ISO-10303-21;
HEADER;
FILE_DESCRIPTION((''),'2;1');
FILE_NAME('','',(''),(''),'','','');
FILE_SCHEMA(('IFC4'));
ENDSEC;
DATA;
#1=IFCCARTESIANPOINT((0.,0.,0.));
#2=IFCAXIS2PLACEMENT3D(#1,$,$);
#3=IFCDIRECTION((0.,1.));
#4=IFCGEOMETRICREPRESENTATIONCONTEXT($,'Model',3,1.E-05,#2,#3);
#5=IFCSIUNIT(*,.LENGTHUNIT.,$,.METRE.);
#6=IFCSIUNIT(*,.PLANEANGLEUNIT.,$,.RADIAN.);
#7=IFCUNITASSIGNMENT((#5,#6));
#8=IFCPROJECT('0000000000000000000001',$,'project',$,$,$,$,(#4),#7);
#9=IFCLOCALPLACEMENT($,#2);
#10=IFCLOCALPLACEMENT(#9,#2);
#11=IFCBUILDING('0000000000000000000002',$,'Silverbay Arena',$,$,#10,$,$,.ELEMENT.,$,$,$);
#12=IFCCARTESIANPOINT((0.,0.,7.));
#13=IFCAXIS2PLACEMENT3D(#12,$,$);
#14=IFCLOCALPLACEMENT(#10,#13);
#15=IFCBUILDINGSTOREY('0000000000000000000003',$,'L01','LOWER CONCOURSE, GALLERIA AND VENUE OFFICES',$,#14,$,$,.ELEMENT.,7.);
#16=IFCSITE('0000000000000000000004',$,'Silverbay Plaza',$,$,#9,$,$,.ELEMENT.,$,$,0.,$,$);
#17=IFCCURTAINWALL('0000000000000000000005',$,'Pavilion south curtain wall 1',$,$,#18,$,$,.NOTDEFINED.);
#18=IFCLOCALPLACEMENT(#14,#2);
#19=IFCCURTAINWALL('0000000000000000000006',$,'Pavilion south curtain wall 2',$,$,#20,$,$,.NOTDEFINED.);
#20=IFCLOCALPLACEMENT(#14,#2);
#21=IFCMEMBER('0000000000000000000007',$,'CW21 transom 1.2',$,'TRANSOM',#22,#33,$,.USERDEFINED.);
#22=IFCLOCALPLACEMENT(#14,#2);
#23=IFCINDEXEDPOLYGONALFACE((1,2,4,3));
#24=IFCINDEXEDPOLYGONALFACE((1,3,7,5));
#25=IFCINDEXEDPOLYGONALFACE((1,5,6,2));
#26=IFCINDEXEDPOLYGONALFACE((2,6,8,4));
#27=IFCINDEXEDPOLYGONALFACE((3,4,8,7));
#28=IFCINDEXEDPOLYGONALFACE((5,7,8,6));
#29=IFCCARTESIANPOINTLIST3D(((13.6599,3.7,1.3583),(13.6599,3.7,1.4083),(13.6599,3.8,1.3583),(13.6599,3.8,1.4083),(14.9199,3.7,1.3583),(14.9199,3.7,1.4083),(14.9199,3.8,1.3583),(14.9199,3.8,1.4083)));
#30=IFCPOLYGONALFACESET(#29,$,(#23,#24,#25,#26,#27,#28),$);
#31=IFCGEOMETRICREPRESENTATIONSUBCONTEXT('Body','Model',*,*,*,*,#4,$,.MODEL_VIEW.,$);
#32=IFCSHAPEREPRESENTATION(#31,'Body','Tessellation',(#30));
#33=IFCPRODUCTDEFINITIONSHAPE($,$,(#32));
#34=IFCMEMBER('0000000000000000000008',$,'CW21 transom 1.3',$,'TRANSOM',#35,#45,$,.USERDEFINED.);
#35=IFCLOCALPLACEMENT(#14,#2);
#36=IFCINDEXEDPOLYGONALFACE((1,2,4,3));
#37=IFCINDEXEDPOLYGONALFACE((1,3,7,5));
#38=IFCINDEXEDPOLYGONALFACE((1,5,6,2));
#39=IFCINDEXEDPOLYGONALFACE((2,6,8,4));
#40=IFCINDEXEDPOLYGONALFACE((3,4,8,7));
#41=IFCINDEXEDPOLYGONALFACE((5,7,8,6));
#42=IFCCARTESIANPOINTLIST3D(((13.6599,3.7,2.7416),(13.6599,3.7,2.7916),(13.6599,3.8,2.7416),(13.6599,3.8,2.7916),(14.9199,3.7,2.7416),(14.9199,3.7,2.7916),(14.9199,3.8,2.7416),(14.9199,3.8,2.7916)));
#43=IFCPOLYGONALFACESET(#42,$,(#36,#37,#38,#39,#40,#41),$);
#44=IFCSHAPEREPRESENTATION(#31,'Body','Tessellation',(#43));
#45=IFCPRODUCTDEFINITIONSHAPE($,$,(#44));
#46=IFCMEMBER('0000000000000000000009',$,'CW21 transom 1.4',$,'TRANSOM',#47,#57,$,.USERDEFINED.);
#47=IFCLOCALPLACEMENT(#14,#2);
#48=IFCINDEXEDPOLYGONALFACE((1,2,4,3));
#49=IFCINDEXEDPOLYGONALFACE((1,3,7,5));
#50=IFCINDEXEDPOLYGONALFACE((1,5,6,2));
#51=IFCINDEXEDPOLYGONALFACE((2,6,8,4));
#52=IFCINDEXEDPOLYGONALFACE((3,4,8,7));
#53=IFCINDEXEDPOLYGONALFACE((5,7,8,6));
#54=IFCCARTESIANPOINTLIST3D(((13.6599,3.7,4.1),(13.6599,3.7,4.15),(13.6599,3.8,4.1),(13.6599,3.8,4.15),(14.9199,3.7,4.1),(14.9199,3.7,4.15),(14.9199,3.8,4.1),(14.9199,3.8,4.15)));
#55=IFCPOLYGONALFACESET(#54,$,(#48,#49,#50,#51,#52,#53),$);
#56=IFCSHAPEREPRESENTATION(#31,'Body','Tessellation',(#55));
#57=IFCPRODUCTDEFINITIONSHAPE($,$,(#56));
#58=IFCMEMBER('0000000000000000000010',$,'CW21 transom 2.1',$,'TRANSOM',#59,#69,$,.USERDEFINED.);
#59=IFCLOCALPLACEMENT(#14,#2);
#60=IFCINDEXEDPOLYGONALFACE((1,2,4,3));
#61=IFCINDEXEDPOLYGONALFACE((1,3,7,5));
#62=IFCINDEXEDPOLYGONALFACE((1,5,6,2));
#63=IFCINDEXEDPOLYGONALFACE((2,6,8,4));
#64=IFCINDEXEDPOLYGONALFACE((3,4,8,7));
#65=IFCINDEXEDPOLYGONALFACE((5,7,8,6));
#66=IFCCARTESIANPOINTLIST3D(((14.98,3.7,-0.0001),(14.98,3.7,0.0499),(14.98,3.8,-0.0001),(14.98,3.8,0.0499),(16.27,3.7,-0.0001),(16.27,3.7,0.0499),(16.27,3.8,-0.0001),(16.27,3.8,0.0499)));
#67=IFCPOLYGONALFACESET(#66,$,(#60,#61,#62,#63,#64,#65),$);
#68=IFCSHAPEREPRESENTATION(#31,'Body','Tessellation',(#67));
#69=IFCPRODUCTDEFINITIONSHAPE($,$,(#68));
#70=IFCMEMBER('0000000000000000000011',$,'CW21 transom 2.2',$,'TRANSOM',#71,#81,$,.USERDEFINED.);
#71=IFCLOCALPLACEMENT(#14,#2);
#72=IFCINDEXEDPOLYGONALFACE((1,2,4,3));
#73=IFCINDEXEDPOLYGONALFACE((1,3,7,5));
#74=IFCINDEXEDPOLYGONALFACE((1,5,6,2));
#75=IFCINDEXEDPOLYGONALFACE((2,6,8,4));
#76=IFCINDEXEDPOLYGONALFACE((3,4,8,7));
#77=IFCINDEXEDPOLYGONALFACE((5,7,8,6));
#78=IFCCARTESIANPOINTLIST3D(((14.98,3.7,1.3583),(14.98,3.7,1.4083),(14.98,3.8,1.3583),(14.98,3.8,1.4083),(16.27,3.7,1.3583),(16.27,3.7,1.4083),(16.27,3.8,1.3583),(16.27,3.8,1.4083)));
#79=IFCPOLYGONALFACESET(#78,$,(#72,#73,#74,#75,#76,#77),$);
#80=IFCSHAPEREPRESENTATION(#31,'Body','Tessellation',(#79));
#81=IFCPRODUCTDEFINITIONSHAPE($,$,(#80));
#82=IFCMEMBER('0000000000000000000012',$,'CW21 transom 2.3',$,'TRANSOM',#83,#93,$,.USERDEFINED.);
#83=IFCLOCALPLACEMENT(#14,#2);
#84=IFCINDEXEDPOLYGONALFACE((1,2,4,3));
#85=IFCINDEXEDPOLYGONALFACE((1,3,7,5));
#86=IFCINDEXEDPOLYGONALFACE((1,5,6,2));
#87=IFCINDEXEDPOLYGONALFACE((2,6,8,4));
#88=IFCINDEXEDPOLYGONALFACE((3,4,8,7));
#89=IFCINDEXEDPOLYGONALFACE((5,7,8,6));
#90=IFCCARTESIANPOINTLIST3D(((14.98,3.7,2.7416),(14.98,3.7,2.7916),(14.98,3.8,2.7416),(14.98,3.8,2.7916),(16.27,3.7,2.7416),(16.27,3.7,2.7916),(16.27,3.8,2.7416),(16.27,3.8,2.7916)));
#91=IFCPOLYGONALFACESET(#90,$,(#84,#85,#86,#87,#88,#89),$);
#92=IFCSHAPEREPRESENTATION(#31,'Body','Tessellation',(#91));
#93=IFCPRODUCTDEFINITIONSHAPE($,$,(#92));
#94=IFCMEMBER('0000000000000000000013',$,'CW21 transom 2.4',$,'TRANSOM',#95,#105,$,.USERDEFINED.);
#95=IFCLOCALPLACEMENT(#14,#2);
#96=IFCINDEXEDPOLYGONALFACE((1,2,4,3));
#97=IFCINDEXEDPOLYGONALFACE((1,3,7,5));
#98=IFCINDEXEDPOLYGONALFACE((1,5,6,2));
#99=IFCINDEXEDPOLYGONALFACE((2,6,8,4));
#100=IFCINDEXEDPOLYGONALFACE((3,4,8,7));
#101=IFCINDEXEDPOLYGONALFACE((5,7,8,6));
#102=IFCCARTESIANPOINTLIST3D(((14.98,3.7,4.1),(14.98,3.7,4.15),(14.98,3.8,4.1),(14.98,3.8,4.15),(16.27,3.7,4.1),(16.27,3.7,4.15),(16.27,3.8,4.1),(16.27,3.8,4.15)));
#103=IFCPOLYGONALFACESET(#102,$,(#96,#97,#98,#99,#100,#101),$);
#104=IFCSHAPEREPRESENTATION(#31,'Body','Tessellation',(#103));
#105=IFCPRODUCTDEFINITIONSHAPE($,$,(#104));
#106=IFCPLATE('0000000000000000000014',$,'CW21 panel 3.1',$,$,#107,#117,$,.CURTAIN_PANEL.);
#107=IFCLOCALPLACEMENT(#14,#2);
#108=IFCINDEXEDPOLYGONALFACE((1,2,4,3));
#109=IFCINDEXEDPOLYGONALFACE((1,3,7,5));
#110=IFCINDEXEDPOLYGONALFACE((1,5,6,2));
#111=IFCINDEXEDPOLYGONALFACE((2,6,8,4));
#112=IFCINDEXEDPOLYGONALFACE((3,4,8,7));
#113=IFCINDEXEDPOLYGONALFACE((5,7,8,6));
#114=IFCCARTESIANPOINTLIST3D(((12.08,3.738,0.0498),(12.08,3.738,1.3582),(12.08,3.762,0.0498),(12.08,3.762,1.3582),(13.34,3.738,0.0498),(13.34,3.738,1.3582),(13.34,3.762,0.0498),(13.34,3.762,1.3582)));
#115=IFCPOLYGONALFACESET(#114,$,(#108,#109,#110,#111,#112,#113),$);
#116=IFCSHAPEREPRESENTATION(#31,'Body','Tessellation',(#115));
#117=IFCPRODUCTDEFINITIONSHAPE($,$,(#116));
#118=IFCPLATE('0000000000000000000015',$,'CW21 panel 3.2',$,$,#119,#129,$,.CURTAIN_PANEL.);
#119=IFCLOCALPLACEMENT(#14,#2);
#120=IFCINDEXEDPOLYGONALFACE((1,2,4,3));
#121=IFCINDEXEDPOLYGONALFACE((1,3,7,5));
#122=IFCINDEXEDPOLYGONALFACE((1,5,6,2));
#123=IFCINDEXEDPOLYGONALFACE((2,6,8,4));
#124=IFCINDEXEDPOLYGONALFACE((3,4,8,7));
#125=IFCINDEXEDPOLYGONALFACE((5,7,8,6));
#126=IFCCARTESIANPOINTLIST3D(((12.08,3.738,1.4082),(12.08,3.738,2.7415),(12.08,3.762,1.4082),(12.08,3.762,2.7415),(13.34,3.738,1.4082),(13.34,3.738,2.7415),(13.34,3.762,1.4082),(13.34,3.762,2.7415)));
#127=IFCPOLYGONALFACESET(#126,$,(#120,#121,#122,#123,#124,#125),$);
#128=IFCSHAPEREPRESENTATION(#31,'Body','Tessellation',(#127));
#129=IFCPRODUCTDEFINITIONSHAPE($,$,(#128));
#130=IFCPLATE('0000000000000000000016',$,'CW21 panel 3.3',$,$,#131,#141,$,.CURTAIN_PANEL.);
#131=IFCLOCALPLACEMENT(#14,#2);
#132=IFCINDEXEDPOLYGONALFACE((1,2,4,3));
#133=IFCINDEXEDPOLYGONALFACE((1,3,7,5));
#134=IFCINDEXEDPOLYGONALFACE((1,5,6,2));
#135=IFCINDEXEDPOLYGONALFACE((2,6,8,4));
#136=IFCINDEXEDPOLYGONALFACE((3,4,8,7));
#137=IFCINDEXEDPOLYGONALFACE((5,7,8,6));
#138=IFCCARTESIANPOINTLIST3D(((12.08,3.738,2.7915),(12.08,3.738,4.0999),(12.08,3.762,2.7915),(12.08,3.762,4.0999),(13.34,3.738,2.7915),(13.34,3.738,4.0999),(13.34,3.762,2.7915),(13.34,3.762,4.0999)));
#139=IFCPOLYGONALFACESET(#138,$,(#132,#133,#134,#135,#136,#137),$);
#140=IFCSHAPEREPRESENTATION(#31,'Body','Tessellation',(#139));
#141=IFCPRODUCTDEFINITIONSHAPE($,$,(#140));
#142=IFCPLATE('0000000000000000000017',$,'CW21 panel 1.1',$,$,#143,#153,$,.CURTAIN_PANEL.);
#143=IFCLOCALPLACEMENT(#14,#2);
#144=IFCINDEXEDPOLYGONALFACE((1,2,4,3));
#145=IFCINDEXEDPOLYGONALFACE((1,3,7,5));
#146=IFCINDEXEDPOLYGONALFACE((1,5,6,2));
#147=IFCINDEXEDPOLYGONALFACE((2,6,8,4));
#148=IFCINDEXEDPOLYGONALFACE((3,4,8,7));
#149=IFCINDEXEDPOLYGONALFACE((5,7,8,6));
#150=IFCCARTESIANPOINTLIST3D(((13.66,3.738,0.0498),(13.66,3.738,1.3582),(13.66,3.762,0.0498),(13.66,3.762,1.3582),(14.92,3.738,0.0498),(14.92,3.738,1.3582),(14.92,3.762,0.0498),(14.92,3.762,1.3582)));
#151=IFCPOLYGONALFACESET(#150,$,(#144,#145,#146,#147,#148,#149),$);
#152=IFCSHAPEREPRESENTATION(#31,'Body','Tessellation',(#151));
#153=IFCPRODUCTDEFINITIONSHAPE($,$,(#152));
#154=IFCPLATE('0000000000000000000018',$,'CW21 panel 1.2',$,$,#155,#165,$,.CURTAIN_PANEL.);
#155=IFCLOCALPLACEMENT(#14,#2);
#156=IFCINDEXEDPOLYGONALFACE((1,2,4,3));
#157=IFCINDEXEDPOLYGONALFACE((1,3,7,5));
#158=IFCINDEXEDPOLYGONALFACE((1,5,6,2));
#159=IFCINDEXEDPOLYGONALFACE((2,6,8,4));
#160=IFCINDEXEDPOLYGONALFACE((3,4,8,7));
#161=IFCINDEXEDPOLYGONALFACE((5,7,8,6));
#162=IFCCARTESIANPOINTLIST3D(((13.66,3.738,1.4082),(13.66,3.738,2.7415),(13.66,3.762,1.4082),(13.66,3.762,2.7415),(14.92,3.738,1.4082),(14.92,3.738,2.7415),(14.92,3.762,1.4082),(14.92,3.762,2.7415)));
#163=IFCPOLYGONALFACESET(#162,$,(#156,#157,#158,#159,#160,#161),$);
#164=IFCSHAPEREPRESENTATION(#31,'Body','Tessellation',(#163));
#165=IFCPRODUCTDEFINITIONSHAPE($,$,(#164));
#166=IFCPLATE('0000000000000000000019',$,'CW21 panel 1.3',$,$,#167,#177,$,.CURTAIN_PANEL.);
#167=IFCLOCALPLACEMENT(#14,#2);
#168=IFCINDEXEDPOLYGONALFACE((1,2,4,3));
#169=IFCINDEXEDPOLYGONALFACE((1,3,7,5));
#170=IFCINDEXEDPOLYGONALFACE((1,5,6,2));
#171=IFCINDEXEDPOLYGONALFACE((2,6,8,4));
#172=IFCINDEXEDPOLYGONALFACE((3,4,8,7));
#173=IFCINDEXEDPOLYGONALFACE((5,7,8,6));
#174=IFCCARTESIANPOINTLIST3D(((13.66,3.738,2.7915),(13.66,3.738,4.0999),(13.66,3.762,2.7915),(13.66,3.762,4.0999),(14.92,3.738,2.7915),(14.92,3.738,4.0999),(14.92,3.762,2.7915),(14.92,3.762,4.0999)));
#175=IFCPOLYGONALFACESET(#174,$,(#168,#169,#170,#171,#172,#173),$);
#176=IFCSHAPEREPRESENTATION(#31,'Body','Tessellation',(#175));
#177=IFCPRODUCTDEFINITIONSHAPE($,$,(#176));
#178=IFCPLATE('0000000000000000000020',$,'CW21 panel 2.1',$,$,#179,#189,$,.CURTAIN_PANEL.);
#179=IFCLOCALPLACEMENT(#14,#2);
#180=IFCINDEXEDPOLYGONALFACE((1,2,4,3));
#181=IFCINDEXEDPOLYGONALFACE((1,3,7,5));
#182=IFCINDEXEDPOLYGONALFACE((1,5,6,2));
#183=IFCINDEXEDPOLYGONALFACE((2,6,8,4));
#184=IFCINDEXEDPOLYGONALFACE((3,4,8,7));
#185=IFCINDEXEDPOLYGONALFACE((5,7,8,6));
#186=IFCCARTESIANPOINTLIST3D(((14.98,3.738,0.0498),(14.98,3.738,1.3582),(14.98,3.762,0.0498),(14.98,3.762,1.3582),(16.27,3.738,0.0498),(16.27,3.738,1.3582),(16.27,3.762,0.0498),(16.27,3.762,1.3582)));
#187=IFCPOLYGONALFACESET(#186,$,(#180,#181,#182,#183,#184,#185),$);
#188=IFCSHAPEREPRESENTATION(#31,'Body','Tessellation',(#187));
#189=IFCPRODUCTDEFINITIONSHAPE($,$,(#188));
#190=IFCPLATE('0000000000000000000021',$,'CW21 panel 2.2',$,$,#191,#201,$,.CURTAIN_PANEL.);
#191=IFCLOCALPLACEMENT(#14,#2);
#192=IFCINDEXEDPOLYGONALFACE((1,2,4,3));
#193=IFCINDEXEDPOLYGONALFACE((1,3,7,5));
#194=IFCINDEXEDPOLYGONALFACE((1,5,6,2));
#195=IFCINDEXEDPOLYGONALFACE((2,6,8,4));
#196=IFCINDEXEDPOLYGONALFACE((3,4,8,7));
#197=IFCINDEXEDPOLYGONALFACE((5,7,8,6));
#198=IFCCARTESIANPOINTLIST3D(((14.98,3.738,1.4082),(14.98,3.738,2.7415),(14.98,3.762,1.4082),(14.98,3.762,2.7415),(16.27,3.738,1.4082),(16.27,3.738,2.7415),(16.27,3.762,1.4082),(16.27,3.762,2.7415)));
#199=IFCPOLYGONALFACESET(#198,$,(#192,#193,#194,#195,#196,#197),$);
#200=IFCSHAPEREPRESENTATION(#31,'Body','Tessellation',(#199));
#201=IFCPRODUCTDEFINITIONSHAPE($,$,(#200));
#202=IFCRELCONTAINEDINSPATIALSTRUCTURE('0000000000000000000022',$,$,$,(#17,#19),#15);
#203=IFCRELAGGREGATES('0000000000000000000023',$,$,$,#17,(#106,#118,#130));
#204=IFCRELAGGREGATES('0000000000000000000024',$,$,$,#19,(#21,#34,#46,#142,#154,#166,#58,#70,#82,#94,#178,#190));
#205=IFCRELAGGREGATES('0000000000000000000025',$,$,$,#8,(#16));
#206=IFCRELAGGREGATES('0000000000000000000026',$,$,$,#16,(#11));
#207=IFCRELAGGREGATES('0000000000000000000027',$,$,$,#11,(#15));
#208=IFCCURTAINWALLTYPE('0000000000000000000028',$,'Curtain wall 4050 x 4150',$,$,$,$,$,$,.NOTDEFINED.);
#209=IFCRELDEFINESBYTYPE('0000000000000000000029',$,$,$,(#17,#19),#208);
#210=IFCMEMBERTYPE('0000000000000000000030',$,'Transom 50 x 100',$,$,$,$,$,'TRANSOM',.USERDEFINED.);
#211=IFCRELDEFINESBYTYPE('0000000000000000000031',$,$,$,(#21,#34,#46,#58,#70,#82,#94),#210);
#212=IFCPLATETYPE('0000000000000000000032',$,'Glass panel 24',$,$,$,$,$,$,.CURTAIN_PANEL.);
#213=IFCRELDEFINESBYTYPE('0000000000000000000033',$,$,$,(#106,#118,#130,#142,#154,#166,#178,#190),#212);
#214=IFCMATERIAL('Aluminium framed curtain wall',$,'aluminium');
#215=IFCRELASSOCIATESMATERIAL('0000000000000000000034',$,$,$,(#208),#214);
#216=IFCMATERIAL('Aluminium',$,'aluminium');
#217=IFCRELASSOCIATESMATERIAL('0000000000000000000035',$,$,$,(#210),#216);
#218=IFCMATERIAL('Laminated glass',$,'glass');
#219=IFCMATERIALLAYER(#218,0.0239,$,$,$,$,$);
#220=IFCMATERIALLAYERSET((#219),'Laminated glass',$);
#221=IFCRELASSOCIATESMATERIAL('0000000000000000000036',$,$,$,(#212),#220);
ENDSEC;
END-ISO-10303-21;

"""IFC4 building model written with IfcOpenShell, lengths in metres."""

from ifc_helpers import new_model, si_unit, direction, frame, origin, origin_2d, place, context, subcontext, project, spatial, rectangle, extrude, material, layer, layer_set, material_profile, profile_set, type_object, element, aggregate, save


model = new_model("IFC4")

# Units and contexts
model_context = context("Model", 3, precision=1e-05, world=origin(), true_north=direction((0.0, 1.0)))
body_context = subcontext(model_context, "Body", "Model", "MODEL_VIEW")
ifc_project = project(units=[si_unit("LENGTHUNIT", "METRE"), si_unit("PLANEANGLEUNIT", "RADIAN")], contexts=[model_context])

# Site, building, storey
site_placement = place(None, origin())
site = spatial("IfcSite", under=ifc_project, at=site_placement, Name="Silverbay Plaza", CompositionType="ELEMENT", RefElevation=0.0)
building_placement = place(site_placement, origin())
building = spatial("IfcBuilding", under=site, at=building_placement, Name="Silverbay Arena", CompositionType="ELEMENT")
storey_placement = place(building_placement, frame((0.0, 0.0, 7.0)))
storey = spatial("IfcBuildingStorey", under=building, at=storey_placement, Name="L01", Description="LOWER CONCOURSE, GALLERIA AND VENUE OFFICES", CompositionType="ELEMENT", Elevation=7.0)

# Curtain walls
ifc_material_1 = material(Name="Aluminium framed curtain wall", Category="aluminium")
curtain_wall_type = type_object("IfcCurtainWallType", Name="Curtain wall 4050 x 4150", PredefinedType="NOTDEFINED", material=ifc_material_1)
curtain_wall_1_placement = place(storey_placement, origin())
curtain_wall_1 = element("IfcCurtainWall", 1, at=curtain_wall_1_placement, inside=storey, type_object=curtain_wall_type, Name="Pavilion south curtain wall 1", PredefinedType="NOTDEFINED")
curtain_wall_2_placement = place(storey_placement, origin())
curtain_wall_2 = element("IfcCurtainWall", 2, at=curtain_wall_2_placement, inside=storey, type_object=curtain_wall_type, Name="Pavilion south curtain wall 2", PredefinedType="NOTDEFINED")

# Members
ifc_material_2 = material(Name="Aluminium", Category="aluminium")
ifc_material_profile_1 = material_profile(ifc_material_2, rectangle(XDim=0.1001, YDim=0.05, at=origin_2d()), Name="Transom 50 x 100")
ifc_profile_set_1 = profile_set([ifc_material_profile_1], Name="Aluminium")
member_type_1 = type_object("IfcMemberType", Name="Transom 50 x 100", ElementType="TRANSOM", PredefinedType="USERDEFINED", material=ifc_profile_set_1)
member_1_placement = place(storey_placement, frame((13.6599, 3.75, 1.3833), z_axis=(1.0, 0.0, 0.0), x_axis=(0.0, 1.0, 0.0)))
member_1 = element("IfcMember", 3, at=member_1_placement, type_object=member_type_1, Name="CW21 transom 1.2", ObjectType="TRANSOM", PredefinedType="USERDEFINED", context=body_context, shape_type="SweptSolid", body=[
    extrude(rectangle(XDim=0.1001, YDim=0.05, at=origin_2d()), origin(), (0.0, 0.0, 1.0), 1.26),
])
member_2_placement = place(storey_placement, frame((13.6599, 3.75, 2.7666), z_axis=(1.0, 0.0, 0.0), x_axis=(0.0, 1.0, 0.0)))
member_2 = element("IfcMember", 4, at=member_2_placement, type_object=member_type_1, Name="CW21 transom 1.3", ObjectType="TRANSOM", PredefinedType="USERDEFINED", context=body_context, shape_type="SweptSolid", body=[
    extrude(rectangle(XDim=0.1001, YDim=0.05, at=origin_2d()), origin(), (0.0, 0.0, 1.0), 1.26),
])
member_3_placement = place(storey_placement, frame((13.6599, 3.75, 4.125), z_axis=(1.0, 0.0, 0.0), x_axis=(0.0, 1.0, 0.0)))
member_3 = element("IfcMember", 5, at=member_3_placement, type_object=member_type_1, Name="CW21 transom 1.4", ObjectType="TRANSOM", PredefinedType="USERDEFINED", context=body_context, shape_type="SweptSolid", body=[
    extrude(rectangle(XDim=0.1001, YDim=0.05, at=origin_2d()), origin(), (0.0, 0.0, 1.0), 1.26),
])
member_4_placement = place(storey_placement, frame((14.98, 3.75, 0.0249), z_axis=(1.0, 0.0, 0.0), x_axis=(0.0, 1.0, 0.0)))
member_4 = element("IfcMember", 6, at=member_4_placement, type_object=member_type_1, Name="CW21 transom 2.1", ObjectType="TRANSOM", PredefinedType="USERDEFINED", context=body_context, shape_type="SweptSolid", body=[
    extrude(rectangle(XDim=0.1001, YDim=0.05, at=origin_2d()), origin(), (0.0, 0.0, 1.0), 1.29),
])
member_5_placement = place(storey_placement, frame((14.98, 3.75, 1.3833), z_axis=(1.0, 0.0, 0.0), x_axis=(0.0, 1.0, 0.0)))
member_5 = element("IfcMember", 7, at=member_5_placement, type_object=member_type_1, Name="CW21 transom 2.2", ObjectType="TRANSOM", PredefinedType="USERDEFINED", context=body_context, shape_type="SweptSolid", body=[
    extrude(rectangle(XDim=0.1001, YDim=0.05, at=origin_2d()), origin(), (0.0, 0.0, 1.0), 1.29),
])
member_6_placement = place(storey_placement, frame((14.98, 3.75, 2.7666), z_axis=(1.0, 0.0, 0.0), x_axis=(0.0, 1.0, 0.0)))
member_6 = element("IfcMember", 8, at=member_6_placement, type_object=member_type_1, Name="CW21 transom 2.3", ObjectType="TRANSOM", PredefinedType="USERDEFINED", context=body_context, shape_type="SweptSolid", body=[
    extrude(rectangle(XDim=0.1001, YDim=0.05, at=origin_2d()), origin(), (0.0, 0.0, 1.0), 1.29),
])
member_7_placement = place(storey_placement, frame((14.98, 3.75, 4.125), z_axis=(1.0, 0.0, 0.0), x_axis=(0.0, 1.0, 0.0)))
member_7 = element("IfcMember", 9, at=member_7_placement, type_object=member_type_1, Name="CW21 transom 2.4", ObjectType="TRANSOM", PredefinedType="USERDEFINED", context=body_context, shape_type="SweptSolid", body=[
    extrude(rectangle(XDim=0.1001, YDim=0.05, at=origin_2d()), origin(), (0.0, 0.0, 1.0), 1.29),
])

# Plates
ifc_material_3 = material(Name="Laminated glass", Category="glass")
ifc_layer = layer(ifc_material_3, 0.0239)
ifc_layer_set = layer_set([ifc_layer], Name="Laminated glass")
plate_type = type_object("IfcPlateType", Name="Glass panel 24", PredefinedType="CURTAIN_PANEL", material=ifc_layer_set)
plate_1_placement = place(storey_placement, frame((12.71, 3.75, 0.0498), z_axis=(0.0, 0.0, 1.0), x_axis=(1.0, 0.0, 0.0)))
plate_1 = element("IfcPlate", 10, at=plate_1_placement, type_object=plate_type, Name="CW21 panel 3.1", PredefinedType="CURTAIN_PANEL", context=body_context, shape_type="SweptSolid", body=[
    extrude(rectangle(XDim=1.26, YDim=0.0239, at=origin_2d()), origin(), (0.0, 0.0, 1.0), 1.3083),
])
plate_2_placement = place(storey_placement, frame((12.71, 3.75, 1.4082), z_axis=(0.0, 0.0, 1.0), x_axis=(1.0, 0.0, 0.0)))
plate_2 = element("IfcPlate", 11, at=plate_2_placement, type_object=plate_type, Name="CW21 panel 3.2", PredefinedType="CURTAIN_PANEL", context=body_context, shape_type="SweptSolid", body=[
    extrude(rectangle(XDim=1.26, YDim=0.0239, at=origin_2d()), origin(), (0.0, 0.0, 1.0), 1.3333),
])
plate_3_placement = place(storey_placement, frame((12.71, 3.75, 2.7915), z_axis=(0.0, 0.0, 1.0), x_axis=(1.0, 0.0, 0.0)))
plate_3 = element("IfcPlate", 12, at=plate_3_placement, type_object=plate_type, Name="CW21 panel 3.3", PredefinedType="CURTAIN_PANEL", context=body_context, shape_type="SweptSolid", body=[
    extrude(rectangle(XDim=1.26, YDim=0.0239, at=origin_2d()), origin(), (0.0, 0.0, 1.0), 1.3083),
])
aggregate(curtain_wall_1, [plate_1, plate_2, plate_3])
plate_4_placement = place(storey_placement, frame((14.29, 3.75, 0.0498), z_axis=(0.0, 0.0, 1.0), x_axis=(1.0, 0.0, 0.0)))
plate_4 = element("IfcPlate", 13, at=plate_4_placement, type_object=plate_type, Name="CW21 panel 1.1", PredefinedType="CURTAIN_PANEL", context=body_context, shape_type="SweptSolid", body=[
    extrude(rectangle(XDim=1.26, YDim=0.0239, at=origin_2d()), origin(), (0.0, 0.0, 1.0), 1.3083),
])
plate_5_placement = place(storey_placement, frame((14.29, 3.75, 1.4082), z_axis=(0.0, 0.0, 1.0), x_axis=(1.0, 0.0, 0.0)))
plate_5 = element("IfcPlate", 14, at=plate_5_placement, type_object=plate_type, Name="CW21 panel 1.2", PredefinedType="CURTAIN_PANEL", context=body_context, shape_type="SweptSolid", body=[
    extrude(rectangle(XDim=1.26, YDim=0.0239, at=origin_2d()), origin(), (0.0, 0.0, 1.0), 1.3333),
])
plate_6_placement = place(storey_placement, frame((14.29, 3.75, 2.7915), z_axis=(0.0, 0.0, 1.0), x_axis=(1.0, 0.0, 0.0)))
plate_6 = element("IfcPlate", 15, at=plate_6_placement, type_object=plate_type, Name="CW21 panel 1.3", PredefinedType="CURTAIN_PANEL", context=body_context, shape_type="SweptSolid", body=[
    extrude(rectangle(XDim=1.26, YDim=0.0239, at=origin_2d()), origin(), (0.0, 0.0, 1.0), 1.3083),
])
plate_7_placement = place(storey_placement, frame((15.625, 3.75, 0.0498), z_axis=(0.0, 0.0, 1.0), x_axis=(1.0, 0.0, 0.0)))
plate_7 = element("IfcPlate", 16, at=plate_7_placement, type_object=plate_type, Name="CW21 panel 2.1", PredefinedType="CURTAIN_PANEL", context=body_context, shape_type="SweptSolid", body=[
    extrude(rectangle(XDim=1.29, YDim=0.0239, at=origin_2d()), origin(), (0.0, 0.0, 1.0), 1.3083),
])
plate_8_placement = place(storey_placement, frame((15.625, 3.75, 1.4082), z_axis=(0.0, 0.0, 1.0), x_axis=(1.0, 0.0, 0.0)))
plate_8 = element("IfcPlate", 17, at=plate_8_placement, type_object=plate_type, Name="CW21 panel 2.2", PredefinedType="CURTAIN_PANEL", context=body_context, shape_type="SweptSolid", body=[
    extrude(rectangle(XDim=1.29, YDim=0.0239, at=origin_2d()), origin(), (0.0, 0.0, 1.0), 1.3333),
])
aggregate(curtain_wall_2, [member_1, member_2, member_3, plate_4, plate_5, plate_6, member_4, member_5, member_6, member_7, plate_7, plate_8])

save(model, "model.ifc")
